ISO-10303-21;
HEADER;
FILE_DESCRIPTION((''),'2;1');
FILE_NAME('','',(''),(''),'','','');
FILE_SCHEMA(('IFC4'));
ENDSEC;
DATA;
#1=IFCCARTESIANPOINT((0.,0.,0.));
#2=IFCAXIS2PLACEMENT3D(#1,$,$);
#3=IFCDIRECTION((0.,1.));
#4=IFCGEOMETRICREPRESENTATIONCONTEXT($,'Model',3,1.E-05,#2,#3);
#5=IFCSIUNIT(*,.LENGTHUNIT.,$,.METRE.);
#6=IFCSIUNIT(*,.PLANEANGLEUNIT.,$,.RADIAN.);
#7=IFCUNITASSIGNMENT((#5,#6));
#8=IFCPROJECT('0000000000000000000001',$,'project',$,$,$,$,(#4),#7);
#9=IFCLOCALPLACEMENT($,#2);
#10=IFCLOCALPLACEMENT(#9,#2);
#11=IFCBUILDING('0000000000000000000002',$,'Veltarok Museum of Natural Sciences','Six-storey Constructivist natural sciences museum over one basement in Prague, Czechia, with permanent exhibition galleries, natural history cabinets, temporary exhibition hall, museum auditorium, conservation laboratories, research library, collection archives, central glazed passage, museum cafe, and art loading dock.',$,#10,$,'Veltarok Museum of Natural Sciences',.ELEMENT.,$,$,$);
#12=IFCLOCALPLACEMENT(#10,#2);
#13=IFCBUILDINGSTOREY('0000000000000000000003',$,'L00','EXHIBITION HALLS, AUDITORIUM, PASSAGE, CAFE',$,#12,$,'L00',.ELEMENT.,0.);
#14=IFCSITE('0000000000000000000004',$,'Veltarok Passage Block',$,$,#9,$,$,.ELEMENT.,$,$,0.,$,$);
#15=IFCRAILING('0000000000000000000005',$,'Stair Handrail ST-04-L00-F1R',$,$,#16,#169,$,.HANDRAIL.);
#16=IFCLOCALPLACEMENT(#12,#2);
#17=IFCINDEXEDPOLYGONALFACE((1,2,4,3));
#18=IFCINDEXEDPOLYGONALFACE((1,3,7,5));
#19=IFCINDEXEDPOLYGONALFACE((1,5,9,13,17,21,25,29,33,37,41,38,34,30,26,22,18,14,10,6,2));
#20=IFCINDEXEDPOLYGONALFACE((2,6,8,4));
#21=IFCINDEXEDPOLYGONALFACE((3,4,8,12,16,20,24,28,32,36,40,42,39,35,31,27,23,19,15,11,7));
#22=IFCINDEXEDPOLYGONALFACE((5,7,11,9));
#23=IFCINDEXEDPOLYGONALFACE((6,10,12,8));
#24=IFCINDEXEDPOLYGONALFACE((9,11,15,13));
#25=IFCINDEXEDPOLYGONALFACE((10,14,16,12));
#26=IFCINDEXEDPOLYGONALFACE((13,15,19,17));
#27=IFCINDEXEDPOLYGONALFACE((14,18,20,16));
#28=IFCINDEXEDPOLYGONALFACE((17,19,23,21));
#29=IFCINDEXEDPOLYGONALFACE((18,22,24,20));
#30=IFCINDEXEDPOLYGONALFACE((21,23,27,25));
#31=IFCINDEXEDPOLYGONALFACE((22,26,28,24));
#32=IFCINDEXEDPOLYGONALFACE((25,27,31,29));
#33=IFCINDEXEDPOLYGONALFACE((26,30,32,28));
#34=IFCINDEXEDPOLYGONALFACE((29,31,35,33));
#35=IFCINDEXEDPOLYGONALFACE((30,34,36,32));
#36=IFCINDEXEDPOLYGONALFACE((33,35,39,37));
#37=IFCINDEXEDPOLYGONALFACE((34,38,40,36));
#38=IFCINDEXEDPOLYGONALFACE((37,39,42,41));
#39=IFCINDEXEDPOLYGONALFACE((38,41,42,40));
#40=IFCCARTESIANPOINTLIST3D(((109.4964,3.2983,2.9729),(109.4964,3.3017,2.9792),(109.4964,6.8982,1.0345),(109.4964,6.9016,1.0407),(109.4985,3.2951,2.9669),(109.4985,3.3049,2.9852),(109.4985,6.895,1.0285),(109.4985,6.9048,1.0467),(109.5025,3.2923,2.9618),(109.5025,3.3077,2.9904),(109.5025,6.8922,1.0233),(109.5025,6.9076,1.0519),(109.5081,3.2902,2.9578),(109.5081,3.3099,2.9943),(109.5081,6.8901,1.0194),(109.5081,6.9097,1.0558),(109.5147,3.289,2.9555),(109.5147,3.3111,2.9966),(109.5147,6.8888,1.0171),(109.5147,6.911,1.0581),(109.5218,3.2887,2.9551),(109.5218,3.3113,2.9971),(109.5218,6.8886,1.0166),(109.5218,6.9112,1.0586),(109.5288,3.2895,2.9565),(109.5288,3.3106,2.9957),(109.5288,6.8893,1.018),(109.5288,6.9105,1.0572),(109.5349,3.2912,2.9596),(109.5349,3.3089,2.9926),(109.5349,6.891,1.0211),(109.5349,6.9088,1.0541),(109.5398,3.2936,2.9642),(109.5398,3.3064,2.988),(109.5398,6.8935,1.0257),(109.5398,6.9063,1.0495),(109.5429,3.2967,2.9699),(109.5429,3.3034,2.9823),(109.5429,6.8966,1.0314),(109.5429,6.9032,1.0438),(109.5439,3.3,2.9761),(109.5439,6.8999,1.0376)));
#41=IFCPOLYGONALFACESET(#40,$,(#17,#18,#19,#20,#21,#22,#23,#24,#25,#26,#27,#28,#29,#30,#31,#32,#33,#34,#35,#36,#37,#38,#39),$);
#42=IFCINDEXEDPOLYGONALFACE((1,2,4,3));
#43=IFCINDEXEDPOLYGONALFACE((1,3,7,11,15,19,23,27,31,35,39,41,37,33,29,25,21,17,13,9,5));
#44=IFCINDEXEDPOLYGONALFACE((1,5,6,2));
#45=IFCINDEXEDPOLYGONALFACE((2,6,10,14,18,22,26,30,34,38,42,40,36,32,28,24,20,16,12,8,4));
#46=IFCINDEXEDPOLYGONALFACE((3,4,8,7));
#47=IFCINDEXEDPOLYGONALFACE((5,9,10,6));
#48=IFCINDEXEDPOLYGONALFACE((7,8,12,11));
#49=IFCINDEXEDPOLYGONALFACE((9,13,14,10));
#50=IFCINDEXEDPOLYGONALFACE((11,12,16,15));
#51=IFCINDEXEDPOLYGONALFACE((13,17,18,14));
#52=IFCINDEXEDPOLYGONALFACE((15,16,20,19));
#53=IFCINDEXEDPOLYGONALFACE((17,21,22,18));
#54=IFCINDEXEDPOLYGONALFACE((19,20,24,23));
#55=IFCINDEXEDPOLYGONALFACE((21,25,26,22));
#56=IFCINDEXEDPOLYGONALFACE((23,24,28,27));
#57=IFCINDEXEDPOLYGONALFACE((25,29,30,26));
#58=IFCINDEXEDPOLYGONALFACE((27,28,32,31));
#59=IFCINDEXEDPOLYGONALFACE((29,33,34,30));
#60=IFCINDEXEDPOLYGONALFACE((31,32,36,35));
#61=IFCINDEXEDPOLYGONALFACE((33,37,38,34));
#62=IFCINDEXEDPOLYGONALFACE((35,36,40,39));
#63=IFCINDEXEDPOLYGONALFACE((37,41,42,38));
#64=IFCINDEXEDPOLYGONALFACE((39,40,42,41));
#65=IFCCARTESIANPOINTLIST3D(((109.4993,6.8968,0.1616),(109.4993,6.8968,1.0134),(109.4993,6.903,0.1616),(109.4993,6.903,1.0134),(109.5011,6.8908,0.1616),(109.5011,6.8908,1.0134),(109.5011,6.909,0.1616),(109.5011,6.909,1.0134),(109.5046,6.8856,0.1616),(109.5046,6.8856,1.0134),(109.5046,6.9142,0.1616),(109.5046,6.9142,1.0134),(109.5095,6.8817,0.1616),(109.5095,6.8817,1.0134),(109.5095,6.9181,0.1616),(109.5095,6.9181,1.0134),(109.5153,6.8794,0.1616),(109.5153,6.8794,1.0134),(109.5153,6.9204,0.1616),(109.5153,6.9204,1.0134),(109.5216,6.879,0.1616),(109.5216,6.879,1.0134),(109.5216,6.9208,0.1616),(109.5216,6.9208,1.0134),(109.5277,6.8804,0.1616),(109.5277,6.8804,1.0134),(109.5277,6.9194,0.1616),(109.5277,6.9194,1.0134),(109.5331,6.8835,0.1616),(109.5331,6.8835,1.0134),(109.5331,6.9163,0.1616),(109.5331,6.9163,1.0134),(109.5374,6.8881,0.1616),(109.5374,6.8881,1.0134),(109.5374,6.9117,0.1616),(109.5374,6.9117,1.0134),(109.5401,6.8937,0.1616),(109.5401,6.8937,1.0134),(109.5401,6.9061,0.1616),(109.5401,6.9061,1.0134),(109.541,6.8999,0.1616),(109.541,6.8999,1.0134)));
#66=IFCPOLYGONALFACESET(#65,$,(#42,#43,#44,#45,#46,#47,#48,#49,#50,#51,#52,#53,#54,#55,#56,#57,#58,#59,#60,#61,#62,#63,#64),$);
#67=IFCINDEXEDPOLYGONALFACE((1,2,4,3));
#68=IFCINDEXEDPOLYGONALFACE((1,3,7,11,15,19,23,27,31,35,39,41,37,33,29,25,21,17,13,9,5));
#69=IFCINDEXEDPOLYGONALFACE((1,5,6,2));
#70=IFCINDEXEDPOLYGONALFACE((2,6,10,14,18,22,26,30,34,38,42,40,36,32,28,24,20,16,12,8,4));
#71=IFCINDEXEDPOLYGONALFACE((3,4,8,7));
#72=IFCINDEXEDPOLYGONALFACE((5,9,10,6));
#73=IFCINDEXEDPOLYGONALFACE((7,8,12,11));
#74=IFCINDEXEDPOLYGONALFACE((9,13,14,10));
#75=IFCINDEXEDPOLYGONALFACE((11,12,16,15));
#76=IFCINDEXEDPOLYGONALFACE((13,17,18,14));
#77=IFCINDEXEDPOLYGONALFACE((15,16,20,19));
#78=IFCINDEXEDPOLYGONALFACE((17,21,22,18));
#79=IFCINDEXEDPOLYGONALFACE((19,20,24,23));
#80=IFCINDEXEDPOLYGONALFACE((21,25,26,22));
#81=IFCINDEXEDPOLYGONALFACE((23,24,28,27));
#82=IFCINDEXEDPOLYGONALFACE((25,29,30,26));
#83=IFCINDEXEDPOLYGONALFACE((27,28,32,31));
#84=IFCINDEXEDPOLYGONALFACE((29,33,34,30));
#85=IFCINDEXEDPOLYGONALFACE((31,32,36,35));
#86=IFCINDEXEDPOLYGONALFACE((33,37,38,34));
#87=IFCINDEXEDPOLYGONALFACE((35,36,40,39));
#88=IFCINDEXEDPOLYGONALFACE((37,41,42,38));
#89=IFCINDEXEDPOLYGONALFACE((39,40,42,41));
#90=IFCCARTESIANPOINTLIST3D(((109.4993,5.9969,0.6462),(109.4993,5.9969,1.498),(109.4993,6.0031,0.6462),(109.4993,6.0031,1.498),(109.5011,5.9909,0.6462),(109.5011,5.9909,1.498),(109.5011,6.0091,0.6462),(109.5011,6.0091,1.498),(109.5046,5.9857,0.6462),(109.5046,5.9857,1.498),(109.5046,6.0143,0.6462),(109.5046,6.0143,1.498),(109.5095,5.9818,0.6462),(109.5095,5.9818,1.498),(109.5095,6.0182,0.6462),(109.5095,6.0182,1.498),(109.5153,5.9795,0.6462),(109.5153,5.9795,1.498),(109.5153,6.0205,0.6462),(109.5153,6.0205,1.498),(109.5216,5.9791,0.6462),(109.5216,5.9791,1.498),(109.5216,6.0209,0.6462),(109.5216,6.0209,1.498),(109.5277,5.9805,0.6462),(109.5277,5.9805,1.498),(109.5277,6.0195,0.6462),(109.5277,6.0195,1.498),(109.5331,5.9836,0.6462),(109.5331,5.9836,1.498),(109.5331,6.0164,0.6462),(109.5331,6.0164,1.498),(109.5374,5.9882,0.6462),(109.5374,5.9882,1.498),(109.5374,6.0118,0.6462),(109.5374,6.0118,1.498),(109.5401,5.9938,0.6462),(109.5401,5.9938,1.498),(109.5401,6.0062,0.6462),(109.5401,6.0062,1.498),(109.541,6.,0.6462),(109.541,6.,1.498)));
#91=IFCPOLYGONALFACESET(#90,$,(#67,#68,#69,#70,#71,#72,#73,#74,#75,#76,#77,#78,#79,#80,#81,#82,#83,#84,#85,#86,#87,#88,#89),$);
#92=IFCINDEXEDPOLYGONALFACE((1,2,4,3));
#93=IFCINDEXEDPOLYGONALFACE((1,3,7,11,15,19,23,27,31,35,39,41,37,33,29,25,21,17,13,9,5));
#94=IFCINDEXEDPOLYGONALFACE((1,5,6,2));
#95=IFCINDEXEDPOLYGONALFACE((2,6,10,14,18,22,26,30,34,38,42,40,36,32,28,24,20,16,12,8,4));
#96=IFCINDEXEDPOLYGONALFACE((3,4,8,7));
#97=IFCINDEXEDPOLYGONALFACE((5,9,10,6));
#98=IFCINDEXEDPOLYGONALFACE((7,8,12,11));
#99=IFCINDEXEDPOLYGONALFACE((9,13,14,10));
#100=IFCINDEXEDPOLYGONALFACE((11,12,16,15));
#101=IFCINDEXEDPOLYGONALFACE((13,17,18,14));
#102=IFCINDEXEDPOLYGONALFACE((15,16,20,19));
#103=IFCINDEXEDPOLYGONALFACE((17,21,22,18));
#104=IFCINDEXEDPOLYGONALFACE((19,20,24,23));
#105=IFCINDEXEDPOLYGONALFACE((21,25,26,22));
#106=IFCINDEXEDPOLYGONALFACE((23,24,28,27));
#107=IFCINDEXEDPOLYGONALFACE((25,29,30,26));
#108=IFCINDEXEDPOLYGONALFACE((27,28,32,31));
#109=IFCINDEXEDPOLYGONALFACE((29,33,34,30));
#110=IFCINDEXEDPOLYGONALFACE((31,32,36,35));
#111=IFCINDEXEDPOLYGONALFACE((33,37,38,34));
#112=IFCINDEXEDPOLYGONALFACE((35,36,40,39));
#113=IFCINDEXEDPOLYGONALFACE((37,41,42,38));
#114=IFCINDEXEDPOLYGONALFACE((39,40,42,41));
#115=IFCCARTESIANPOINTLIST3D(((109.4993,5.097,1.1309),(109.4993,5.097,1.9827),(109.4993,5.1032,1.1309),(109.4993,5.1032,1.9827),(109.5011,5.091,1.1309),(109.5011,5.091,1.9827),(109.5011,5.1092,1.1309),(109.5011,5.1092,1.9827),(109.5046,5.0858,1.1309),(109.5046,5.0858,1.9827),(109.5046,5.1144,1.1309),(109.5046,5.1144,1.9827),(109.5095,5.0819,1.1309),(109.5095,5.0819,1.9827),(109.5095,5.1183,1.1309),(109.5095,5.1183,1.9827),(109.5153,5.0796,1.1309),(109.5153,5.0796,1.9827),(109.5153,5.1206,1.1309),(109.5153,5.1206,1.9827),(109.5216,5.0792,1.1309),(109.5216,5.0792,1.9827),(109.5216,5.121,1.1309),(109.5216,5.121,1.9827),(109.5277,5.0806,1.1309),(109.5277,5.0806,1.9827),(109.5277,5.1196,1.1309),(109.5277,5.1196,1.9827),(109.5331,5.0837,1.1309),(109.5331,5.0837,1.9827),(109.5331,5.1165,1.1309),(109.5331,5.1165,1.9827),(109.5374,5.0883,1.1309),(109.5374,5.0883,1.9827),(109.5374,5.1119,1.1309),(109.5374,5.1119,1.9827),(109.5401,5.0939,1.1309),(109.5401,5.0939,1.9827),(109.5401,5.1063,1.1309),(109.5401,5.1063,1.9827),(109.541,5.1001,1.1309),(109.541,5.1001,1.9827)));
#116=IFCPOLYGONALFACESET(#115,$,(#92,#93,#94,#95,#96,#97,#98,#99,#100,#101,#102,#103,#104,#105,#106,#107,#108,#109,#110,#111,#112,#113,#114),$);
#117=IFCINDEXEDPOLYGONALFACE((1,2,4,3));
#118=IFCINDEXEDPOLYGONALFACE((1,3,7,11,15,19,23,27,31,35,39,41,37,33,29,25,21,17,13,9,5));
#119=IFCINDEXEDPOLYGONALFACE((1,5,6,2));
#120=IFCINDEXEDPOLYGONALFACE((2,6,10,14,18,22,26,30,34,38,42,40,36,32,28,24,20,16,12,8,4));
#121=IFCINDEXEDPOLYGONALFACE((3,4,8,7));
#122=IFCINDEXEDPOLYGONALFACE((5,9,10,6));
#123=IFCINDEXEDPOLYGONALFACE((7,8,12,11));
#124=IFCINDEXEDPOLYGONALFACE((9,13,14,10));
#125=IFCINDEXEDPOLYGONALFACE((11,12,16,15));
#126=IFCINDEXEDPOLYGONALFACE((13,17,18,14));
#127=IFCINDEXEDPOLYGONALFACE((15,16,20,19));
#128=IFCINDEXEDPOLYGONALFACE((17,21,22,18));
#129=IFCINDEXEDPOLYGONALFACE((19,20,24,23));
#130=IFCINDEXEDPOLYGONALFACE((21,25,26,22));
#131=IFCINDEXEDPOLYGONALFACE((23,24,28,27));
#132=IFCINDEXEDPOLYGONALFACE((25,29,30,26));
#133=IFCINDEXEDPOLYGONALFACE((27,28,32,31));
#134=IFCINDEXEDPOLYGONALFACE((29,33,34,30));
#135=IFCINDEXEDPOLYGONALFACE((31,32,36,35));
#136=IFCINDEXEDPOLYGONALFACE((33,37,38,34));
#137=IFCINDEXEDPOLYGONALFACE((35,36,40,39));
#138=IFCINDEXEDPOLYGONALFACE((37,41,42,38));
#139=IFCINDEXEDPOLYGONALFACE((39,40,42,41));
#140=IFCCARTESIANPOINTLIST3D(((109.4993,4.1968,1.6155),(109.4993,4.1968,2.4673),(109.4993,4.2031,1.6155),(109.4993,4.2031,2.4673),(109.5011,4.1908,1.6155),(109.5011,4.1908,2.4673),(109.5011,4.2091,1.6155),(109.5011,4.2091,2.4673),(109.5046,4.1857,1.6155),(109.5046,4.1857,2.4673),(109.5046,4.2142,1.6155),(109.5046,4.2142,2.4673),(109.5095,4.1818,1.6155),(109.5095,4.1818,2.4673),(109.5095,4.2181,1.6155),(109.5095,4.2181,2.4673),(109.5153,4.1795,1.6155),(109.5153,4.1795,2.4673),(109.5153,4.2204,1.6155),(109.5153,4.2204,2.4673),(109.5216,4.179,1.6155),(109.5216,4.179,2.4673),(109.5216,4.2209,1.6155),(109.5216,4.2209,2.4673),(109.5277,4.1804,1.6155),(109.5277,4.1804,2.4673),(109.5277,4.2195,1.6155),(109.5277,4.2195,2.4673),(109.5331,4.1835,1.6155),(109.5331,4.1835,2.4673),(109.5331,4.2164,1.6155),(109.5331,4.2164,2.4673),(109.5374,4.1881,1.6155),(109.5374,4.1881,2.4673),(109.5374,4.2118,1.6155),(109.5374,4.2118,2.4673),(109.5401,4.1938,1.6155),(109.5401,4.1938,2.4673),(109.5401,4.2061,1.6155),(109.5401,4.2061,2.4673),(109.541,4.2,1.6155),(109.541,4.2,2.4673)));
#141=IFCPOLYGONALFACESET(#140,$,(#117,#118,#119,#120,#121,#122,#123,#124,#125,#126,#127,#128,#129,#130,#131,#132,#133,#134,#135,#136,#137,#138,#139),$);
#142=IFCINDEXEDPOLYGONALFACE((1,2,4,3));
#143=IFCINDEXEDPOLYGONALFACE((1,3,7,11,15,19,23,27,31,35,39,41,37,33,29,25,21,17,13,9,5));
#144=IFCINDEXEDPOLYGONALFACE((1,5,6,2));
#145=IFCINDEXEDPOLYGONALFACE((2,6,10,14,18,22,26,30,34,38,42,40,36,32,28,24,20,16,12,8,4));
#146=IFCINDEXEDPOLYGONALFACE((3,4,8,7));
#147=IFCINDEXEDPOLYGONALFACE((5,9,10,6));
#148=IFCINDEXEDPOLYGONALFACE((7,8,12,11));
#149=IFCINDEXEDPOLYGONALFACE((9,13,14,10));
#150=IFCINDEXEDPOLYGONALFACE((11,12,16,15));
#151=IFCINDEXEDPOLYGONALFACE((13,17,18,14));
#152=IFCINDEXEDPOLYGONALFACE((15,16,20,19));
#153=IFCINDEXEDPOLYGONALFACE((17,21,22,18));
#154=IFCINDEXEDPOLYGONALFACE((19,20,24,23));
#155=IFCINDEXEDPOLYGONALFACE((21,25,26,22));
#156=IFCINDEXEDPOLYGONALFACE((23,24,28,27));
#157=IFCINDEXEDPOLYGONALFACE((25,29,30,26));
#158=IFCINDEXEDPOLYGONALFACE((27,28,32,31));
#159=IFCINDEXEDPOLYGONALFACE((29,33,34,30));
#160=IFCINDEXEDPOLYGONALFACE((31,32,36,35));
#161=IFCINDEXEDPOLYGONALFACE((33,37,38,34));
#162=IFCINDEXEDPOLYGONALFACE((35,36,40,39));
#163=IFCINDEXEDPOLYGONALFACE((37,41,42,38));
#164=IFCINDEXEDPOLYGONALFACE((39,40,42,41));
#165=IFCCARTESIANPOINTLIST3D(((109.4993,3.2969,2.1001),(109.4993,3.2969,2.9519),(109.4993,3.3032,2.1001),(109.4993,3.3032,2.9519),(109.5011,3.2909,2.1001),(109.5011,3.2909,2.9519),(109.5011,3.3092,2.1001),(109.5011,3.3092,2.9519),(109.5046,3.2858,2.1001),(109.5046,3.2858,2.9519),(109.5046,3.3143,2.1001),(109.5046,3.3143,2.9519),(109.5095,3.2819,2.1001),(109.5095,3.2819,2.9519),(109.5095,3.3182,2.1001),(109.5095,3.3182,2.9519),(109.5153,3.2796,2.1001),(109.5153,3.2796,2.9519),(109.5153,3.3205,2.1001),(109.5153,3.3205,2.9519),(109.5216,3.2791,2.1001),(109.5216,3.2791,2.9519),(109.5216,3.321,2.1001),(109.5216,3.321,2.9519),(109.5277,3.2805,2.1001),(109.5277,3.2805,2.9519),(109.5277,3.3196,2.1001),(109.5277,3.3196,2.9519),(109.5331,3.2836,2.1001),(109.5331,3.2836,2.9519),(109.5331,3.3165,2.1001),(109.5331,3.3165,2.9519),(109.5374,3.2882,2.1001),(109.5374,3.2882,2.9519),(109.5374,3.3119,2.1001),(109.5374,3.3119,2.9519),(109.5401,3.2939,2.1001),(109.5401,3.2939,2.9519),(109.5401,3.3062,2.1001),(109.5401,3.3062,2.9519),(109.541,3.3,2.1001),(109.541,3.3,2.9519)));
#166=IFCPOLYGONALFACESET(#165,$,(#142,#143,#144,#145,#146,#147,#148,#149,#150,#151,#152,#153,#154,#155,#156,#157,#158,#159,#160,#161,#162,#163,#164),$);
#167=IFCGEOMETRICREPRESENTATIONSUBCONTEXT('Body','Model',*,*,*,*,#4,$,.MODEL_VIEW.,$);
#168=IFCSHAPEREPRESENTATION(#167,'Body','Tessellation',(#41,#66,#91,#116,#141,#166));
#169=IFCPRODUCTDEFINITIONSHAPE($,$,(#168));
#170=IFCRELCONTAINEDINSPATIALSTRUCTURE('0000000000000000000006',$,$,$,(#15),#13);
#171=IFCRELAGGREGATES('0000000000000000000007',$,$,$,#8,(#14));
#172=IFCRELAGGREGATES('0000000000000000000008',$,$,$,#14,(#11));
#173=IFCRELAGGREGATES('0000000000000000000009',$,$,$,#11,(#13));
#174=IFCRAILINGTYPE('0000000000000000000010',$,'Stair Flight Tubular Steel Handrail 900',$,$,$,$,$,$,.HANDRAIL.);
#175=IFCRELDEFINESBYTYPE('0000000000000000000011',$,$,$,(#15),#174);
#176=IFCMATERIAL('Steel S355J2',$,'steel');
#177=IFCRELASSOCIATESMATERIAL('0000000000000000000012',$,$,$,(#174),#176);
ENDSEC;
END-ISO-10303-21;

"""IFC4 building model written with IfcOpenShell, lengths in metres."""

from ifc_helpers import new_model, si_unit, direction, frame, origin, origin_2d, place, context, subcontext, project, spatial, circle, extrude, material, type_object, element, save


model = new_model("IFC4")

# Units and contexts
model_context = context("Model", 3, precision=1e-05, world=origin(), true_north=direction((0.0, 1.0)))
body_context = subcontext(model_context, "Body", "Model", "MODEL_VIEW")
ifc_project = project(units=[si_unit("LENGTHUNIT", "METRE"), si_unit("PLANEANGLEUNIT", "RADIAN")], contexts=[model_context])

# Site, building, storey
site_placement = place(None, origin())
site = spatial("IfcSite", under=ifc_project, at=site_placement, Name="Veltarok Passage Block", CompositionType="ELEMENT", RefElevation=0.0)
building_placement = place(site_placement, origin())
building = spatial("IfcBuilding", under=site, at=building_placement, Name="Veltarok Museum of Natural Sciences", Description="Six-storey Constructivist natural sciences museum over one basement in Prague, Czechia, with permanent exhibition galleries, natural history cabinets, temporary exhibition hall, museum auditorium, conservation laboratories, research library, collection archives, central glazed passage, museum cafe, and art loading dock.", LongName="Veltarok Museum of Natural Sciences", CompositionType="ELEMENT")
storey_placement = place(building_placement, origin())
storey = spatial("IfcBuildingStorey", under=building, at=storey_placement, Name="L00", Description="EXHIBITION HALLS, AUDITORIUM, PASSAGE, CAFE", LongName="L00", CompositionType="ELEMENT", Elevation=0.0)

# Shared definitions
ifc_material_1 = material(Name="Steel S355J2", Category="steel")

# Railing
railing_type_1 = type_object("IfcRailingType", Name="Stair Flight Tubular Steel Handrail 900", PredefinedType="HANDRAIL", material=ifc_material_1)
for number, where, name in (
    (1, (109.52, 6.8999, 0.1616), "Stair Handrail ST-04-L00-F1R"),
):
    element("IfcRailing", number, at=place(storey_placement, frame(where)), inside=storey, type_object=railing_type_1, Name=name, PredefinedType="HANDRAIL", context=body_context, shape_type="SweptSolid", body=[
        extrude(circle(Radius=0.0239, at=origin_2d()), frame((0.0, 0.0, 0.876), z_axis=(0.0, -0.880462, 0.474118), x_axis=(1.0, 0.0, 0.0)), (0.0, 0.0, 1.0), 4.0886),
        extrude(circle(Radius=0.021, at=origin_2d()), origin(), (0.0, 0.0, 1.0), 0.8518),
        extrude(circle(Radius=0.021, at=origin_2d()), frame((0.0, -0.8999, 0.4846)), (0.0, 0.0, 1.0), 0.8518),
        extrude(circle(Radius=0.021, at=origin_2d()), frame((0.0, -1.7998, 0.9692)), (0.0, 0.0, 1.0), 0.8518),
        extrude(circle(Radius=0.021, at=origin_2d()), frame((0.0, -2.7, 1.4539)), (0.0, 0.0, 1.0), 0.8518),
        extrude(circle(Radius=0.021, at=origin_2d()), frame((0.0, -3.5999, 1.9385)), (0.0, 0.0, 1.0), 0.8518),
    ])

save(model, "model.ifc")
